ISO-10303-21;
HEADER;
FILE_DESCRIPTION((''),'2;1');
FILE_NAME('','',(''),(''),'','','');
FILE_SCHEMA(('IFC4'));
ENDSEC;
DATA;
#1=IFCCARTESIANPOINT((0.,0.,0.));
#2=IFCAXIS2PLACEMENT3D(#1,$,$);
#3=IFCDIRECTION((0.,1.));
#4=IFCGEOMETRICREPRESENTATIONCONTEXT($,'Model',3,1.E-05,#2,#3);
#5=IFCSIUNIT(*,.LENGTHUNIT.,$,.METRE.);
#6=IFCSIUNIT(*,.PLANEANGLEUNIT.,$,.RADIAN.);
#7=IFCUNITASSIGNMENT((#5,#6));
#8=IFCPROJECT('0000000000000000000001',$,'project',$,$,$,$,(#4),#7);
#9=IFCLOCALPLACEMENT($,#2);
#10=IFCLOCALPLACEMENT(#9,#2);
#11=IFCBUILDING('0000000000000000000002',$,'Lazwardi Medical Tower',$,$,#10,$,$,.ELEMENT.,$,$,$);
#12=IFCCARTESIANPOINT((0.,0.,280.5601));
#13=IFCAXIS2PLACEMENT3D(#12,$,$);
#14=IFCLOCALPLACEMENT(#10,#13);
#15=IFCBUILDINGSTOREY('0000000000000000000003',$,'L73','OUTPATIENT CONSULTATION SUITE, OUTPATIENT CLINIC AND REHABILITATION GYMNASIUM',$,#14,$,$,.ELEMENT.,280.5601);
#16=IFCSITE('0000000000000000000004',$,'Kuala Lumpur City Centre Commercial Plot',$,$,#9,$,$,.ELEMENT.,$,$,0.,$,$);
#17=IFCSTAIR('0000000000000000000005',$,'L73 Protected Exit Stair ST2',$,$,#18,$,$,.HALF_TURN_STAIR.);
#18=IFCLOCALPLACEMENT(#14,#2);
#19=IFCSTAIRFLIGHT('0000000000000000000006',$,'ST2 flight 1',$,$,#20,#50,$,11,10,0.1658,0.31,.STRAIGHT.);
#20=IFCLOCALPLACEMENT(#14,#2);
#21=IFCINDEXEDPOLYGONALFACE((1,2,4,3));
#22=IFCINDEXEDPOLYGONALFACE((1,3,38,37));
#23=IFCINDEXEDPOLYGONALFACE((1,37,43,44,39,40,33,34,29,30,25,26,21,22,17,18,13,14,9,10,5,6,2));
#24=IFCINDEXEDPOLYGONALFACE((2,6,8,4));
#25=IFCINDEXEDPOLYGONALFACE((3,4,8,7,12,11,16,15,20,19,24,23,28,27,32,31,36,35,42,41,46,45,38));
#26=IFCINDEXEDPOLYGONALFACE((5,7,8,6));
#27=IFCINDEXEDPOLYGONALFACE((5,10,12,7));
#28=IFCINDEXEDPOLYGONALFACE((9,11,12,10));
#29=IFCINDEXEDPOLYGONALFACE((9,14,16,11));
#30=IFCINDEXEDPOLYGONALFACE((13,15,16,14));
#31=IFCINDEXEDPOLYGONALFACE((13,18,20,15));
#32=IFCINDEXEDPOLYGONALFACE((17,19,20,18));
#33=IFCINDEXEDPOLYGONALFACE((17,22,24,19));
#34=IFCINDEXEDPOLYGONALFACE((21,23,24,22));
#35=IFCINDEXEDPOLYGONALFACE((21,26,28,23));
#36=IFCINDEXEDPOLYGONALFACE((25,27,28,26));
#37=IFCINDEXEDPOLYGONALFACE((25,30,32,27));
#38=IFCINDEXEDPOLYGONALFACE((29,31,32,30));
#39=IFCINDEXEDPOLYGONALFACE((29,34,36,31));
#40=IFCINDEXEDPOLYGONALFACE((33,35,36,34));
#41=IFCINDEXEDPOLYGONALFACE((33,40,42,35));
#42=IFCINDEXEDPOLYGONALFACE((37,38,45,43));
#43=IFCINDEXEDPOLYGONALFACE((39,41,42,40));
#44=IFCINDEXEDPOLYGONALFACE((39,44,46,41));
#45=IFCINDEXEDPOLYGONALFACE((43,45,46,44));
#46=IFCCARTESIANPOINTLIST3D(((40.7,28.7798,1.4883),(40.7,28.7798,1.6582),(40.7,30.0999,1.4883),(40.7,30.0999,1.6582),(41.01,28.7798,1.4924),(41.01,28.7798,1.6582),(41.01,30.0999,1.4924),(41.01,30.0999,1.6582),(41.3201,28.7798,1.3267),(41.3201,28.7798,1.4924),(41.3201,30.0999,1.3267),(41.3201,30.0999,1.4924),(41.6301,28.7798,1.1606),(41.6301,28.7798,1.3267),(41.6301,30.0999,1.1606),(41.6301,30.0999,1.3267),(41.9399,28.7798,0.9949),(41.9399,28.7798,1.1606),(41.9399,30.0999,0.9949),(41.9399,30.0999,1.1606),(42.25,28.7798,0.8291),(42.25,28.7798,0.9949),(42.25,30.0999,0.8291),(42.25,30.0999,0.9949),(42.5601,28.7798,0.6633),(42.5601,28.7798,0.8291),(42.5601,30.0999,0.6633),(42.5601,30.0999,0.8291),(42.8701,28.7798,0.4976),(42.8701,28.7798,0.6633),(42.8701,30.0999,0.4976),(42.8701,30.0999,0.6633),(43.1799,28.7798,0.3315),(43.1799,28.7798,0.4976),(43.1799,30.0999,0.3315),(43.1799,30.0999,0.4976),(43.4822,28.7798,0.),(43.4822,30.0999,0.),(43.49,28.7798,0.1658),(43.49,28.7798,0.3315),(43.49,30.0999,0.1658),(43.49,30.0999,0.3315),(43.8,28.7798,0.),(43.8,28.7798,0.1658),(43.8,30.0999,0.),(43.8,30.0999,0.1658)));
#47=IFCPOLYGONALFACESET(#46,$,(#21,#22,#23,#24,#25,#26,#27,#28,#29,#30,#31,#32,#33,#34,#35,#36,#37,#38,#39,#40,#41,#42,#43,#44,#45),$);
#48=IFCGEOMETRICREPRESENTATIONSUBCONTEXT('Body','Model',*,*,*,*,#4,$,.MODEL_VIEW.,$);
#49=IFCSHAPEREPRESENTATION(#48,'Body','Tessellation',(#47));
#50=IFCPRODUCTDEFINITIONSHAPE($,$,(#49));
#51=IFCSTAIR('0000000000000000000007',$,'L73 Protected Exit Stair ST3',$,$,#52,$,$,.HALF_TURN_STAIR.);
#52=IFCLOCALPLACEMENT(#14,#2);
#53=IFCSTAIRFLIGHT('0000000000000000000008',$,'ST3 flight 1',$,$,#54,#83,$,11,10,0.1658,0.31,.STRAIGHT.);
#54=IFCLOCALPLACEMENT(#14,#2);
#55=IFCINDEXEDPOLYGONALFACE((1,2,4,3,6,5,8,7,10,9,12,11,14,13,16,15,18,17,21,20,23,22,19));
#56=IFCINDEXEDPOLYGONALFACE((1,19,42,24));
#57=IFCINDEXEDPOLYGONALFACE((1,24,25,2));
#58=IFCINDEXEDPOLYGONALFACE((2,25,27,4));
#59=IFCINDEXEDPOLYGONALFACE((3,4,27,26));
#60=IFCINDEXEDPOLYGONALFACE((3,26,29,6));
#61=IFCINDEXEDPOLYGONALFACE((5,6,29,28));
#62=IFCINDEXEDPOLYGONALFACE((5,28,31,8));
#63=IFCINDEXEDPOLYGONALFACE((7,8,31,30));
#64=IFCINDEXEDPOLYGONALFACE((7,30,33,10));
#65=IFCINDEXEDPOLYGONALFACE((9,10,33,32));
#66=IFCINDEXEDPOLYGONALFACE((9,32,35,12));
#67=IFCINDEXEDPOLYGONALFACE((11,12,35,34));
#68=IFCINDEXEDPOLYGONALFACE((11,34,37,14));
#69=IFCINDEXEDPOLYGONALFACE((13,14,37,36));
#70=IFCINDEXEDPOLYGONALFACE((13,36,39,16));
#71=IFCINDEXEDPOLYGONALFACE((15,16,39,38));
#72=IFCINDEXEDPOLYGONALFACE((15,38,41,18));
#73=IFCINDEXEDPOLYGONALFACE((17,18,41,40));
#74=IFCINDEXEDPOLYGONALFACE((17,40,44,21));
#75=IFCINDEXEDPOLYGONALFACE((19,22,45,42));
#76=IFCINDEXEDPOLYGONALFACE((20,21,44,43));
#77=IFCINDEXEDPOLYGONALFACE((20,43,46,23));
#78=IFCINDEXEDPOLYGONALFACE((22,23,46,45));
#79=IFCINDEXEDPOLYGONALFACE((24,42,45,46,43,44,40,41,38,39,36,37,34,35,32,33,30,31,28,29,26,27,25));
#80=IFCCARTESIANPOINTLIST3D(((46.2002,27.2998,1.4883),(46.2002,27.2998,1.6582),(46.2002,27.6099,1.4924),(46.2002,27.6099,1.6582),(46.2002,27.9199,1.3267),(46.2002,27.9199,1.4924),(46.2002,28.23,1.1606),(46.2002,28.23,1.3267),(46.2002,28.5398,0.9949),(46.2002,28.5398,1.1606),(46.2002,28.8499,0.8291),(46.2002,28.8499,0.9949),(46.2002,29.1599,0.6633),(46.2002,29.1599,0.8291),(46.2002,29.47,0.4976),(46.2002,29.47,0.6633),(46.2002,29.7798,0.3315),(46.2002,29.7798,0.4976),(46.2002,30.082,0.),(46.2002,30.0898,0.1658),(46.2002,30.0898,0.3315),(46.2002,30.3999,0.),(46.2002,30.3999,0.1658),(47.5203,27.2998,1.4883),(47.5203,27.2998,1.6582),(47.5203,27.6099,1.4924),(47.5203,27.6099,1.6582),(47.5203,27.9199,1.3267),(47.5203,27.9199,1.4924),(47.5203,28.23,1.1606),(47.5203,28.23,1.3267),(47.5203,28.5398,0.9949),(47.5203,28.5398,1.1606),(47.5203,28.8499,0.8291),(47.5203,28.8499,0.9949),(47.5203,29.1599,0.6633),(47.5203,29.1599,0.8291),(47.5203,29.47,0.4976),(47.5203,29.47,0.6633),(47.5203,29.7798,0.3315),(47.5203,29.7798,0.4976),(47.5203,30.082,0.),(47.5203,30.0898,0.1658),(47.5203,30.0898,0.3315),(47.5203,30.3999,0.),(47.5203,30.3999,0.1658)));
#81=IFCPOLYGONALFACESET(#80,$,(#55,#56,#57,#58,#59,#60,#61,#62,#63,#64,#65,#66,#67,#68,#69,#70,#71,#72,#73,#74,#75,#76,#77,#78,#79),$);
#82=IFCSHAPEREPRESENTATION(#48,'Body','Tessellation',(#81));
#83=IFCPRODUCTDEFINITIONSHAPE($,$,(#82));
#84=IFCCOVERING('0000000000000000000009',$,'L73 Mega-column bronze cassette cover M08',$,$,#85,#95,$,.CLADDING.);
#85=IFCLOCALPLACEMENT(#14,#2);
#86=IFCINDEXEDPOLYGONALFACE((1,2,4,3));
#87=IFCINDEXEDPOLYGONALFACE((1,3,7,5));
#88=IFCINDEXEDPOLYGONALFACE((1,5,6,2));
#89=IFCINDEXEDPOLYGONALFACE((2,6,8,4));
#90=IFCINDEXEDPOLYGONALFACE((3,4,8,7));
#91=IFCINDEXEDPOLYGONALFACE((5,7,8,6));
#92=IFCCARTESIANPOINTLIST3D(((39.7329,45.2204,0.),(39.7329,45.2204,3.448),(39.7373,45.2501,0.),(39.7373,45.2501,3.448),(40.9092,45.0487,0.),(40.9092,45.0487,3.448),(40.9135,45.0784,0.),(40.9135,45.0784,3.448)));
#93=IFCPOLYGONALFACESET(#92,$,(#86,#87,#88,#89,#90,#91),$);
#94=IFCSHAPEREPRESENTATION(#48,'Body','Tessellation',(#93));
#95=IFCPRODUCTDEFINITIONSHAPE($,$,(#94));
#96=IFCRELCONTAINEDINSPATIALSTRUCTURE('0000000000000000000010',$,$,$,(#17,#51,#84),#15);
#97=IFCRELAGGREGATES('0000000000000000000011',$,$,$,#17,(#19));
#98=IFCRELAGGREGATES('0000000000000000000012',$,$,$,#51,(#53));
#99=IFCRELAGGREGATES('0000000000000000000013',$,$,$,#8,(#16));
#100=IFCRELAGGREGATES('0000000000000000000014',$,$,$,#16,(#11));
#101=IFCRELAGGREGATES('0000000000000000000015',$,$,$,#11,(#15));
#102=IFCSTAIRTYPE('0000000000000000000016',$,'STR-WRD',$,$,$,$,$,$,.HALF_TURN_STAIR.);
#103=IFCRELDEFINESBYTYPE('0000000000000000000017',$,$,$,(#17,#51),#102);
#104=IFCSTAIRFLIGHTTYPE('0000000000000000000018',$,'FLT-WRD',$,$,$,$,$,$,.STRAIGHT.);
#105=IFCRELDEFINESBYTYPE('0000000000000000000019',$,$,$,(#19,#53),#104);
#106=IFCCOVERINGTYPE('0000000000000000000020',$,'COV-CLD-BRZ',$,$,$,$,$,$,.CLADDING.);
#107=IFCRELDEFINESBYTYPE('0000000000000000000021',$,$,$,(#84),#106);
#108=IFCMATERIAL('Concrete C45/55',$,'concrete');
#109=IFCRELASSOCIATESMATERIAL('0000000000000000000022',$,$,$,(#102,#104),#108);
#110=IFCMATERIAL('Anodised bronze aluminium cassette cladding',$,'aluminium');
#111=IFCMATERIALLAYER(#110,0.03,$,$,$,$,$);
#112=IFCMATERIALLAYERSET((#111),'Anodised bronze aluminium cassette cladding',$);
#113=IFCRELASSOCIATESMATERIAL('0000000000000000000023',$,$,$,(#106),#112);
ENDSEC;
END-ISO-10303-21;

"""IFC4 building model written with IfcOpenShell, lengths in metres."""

from ifc_helpers import new_model, si_unit, direction, frame, origin, origin_2d, place, context, subcontext, project, spatial, polyline, rectangle, outline, extrude, material, layer, layer_set, type_object, element, aggregate, save


model = new_model("IFC4")

# Units and contexts
model_context = context("Model", 3, precision=1e-05, world=origin(), true_north=direction((0.0, 1.0)))
body_context = subcontext(model_context, "Body", "Model", "MODEL_VIEW")
ifc_project = project(units=[si_unit("LENGTHUNIT", "METRE"), si_unit("PLANEANGLEUNIT", "RADIAN")], contexts=[model_context])

# Site, building, storey
site_placement = place(None, origin())
site = spatial("IfcSite", under=ifc_project, at=site_placement, Name="Kuala Lumpur City Centre Commercial Plot", CompositionType="ELEMENT", RefElevation=0.0)
building_placement = place(site_placement, origin())
building = spatial("IfcBuilding", under=site, at=building_placement, Name="Lazwardi Medical Tower", CompositionType="ELEMENT")
storey_placement = place(building_placement, frame((0.0, 0.0, 280.5601)))
storey = spatial("IfcBuildingStorey", under=building, at=storey_placement, Name="L73", Description="OUTPATIENT CONSULTATION SUITE, OUTPATIENT CLINIC AND REHABILITATION GYMNASIUM", CompositionType="ELEMENT", Elevation=280.5601)

# Stairs, stair flights
ifc_material_1 = material(Name="Concrete C45/55", Category="concrete")
stair_type = type_object("IfcStairType", Name="STR-WRD", PredefinedType="HALF_TURN_STAIR", material=ifc_material_1)
stair_1_placement = place(storey_placement, origin())
stair_1 = element("IfcStair", 1, at=stair_1_placement, inside=storey, type_object=stair_type, Name="L73 Protected Exit Stair ST2", PredefinedType="HALF_TURN_STAIR")
stair_flight_type = type_object("IfcStairFlightType", Name="FLT-WRD", PredefinedType="STRAIGHT", material=ifc_material_1)
stair_flight_1_placement = place(storey_placement, frame((43.8, 29.4399, 0.0), z_axis=(0.0, 0.0, 1.0), x_axis=(-1.0, 0.0, 0.0)))
stair_flight_1 = element("IfcStairFlight", 2, at=stair_flight_1_placement, type_object=stair_flight_type, Name="ST2 flight 1", NumberOfRisers=11, NumberOfTreads=10, PredefinedType="STRAIGHT", RiserHeight=0.1658, TreadLength=0.31, context=body_context, shape_type="SweptSolid", body=[
    extrude(outline(polyline([(0.0, 0.0), (0.0, 0.1658), (0.3101, 0.1658), (0.3101, 0.3315), (0.6201, 0.3315), (0.6201, 0.4976), (0.9299, 0.4976), (0.9299, 0.6633), (1.24, 0.6633), (1.24, 0.8291), (1.55, 0.8291), (1.55, 0.9949), (1.8601, 0.9949), (1.8601, 1.1606), (2.1699, 1.1606), (2.1699, 1.3267), (2.48, 1.3267), (2.48, 1.4924), (2.79, 1.4924), (2.79, 1.6582), (3.1001, 1.6582), (3.1001, 1.824), (3.1001, 1.4883), (0.3179, 0.0), (0.0, 0.0)])), frame((0.0, 0.6602, 0.0), z_axis=(0.0, -1.0, 0.0), x_axis=(1.0, 0.0, 0.0)), (0.0, 0.0, 1.0), 1.3201),
])
aggregate(stair_1, [stair_flight_1])
stair_2_placement = place(storey_placement, origin())
stair_2 = element("IfcStair", 3, at=stair_2_placement, inside=storey, type_object=stair_type, Name="L73 Protected Exit Stair ST3", PredefinedType="HALF_TURN_STAIR")
stair_flight_2_placement = place(storey_placement, frame((46.8601, 30.3999, 0.0), z_axis=(0.0, 0.0, 1.0), x_axis=(0.0, -1.0, 0.0)))
stair_flight_2 = element("IfcStairFlight", 4, at=stair_flight_2_placement, type_object=stair_flight_type, Name="ST3 flight 1", NumberOfRisers=11, NumberOfTreads=10, PredefinedType="STRAIGHT", RiserHeight=0.1658, TreadLength=0.31, context=body_context, shape_type="SweptSolid", body=[
    extrude(outline(polyline([(0.0, 0.0), (0.0, 0.1658), (0.3101, 0.1658), (0.3101, 0.3315), (0.6201, 0.3315), (0.6201, 0.4976), (0.9299, 0.4976), (0.9299, 0.6633), (1.24, 0.6633), (1.24, 0.8291), (1.55, 0.8291), (1.55, 0.9949), (1.8601, 0.9949), (1.8601, 1.1606), (2.1699, 1.1606), (2.1699, 1.3267), (2.48, 1.3267), (2.48, 1.4924), (2.79, 1.4924), (2.79, 1.6582), (3.1001, 1.6582), (3.1001, 1.824), (3.1001, 1.4883), (0.3179, 0.0), (0.0, 0.0)])), frame((0.0, 0.6602, 0.0), z_axis=(0.0, -1.0, 0.0), x_axis=(1.0, 0.0, 0.0)), (0.0, 0.0, 1.0), 1.3201),
])
aggregate(stair_2, [stair_flight_2])

# Covering
ifc_material_2 = material(Name="Anodised bronze aluminium cassette cladding", Category="aluminium")
ifc_layer_1 = layer(ifc_material_2, 0.03)
ifc_layer_set_1 = layer_set([ifc_layer_1], Name="Anodised bronze aluminium cassette cladding")
covering_type = type_object("IfcCoveringType", Name="COV-CLD-BRZ", PredefinedType="CLADDING", material=ifc_layer_set_1)
covering_placement = place(storey_placement, frame((40.3232, 45.1494, 0.0), z_axis=(0.0, 0.0, 1.0), x_axis=(-0.989512, 0.144448, 0.0)))
element("IfcCovering", 5, at=covering_placement, inside=storey, type_object=covering_type, Name="L73 Mega-column bronze cassette cover M08", PredefinedType="CLADDING", context=body_context, shape_type="SweptSolid", body=[
    extrude(rectangle(XDim=1.1887, YDim=0.03, at=origin_2d()), origin(), (0.0, 0.0, 1.0), 3.448),
])

save(model, "model.ifc")
